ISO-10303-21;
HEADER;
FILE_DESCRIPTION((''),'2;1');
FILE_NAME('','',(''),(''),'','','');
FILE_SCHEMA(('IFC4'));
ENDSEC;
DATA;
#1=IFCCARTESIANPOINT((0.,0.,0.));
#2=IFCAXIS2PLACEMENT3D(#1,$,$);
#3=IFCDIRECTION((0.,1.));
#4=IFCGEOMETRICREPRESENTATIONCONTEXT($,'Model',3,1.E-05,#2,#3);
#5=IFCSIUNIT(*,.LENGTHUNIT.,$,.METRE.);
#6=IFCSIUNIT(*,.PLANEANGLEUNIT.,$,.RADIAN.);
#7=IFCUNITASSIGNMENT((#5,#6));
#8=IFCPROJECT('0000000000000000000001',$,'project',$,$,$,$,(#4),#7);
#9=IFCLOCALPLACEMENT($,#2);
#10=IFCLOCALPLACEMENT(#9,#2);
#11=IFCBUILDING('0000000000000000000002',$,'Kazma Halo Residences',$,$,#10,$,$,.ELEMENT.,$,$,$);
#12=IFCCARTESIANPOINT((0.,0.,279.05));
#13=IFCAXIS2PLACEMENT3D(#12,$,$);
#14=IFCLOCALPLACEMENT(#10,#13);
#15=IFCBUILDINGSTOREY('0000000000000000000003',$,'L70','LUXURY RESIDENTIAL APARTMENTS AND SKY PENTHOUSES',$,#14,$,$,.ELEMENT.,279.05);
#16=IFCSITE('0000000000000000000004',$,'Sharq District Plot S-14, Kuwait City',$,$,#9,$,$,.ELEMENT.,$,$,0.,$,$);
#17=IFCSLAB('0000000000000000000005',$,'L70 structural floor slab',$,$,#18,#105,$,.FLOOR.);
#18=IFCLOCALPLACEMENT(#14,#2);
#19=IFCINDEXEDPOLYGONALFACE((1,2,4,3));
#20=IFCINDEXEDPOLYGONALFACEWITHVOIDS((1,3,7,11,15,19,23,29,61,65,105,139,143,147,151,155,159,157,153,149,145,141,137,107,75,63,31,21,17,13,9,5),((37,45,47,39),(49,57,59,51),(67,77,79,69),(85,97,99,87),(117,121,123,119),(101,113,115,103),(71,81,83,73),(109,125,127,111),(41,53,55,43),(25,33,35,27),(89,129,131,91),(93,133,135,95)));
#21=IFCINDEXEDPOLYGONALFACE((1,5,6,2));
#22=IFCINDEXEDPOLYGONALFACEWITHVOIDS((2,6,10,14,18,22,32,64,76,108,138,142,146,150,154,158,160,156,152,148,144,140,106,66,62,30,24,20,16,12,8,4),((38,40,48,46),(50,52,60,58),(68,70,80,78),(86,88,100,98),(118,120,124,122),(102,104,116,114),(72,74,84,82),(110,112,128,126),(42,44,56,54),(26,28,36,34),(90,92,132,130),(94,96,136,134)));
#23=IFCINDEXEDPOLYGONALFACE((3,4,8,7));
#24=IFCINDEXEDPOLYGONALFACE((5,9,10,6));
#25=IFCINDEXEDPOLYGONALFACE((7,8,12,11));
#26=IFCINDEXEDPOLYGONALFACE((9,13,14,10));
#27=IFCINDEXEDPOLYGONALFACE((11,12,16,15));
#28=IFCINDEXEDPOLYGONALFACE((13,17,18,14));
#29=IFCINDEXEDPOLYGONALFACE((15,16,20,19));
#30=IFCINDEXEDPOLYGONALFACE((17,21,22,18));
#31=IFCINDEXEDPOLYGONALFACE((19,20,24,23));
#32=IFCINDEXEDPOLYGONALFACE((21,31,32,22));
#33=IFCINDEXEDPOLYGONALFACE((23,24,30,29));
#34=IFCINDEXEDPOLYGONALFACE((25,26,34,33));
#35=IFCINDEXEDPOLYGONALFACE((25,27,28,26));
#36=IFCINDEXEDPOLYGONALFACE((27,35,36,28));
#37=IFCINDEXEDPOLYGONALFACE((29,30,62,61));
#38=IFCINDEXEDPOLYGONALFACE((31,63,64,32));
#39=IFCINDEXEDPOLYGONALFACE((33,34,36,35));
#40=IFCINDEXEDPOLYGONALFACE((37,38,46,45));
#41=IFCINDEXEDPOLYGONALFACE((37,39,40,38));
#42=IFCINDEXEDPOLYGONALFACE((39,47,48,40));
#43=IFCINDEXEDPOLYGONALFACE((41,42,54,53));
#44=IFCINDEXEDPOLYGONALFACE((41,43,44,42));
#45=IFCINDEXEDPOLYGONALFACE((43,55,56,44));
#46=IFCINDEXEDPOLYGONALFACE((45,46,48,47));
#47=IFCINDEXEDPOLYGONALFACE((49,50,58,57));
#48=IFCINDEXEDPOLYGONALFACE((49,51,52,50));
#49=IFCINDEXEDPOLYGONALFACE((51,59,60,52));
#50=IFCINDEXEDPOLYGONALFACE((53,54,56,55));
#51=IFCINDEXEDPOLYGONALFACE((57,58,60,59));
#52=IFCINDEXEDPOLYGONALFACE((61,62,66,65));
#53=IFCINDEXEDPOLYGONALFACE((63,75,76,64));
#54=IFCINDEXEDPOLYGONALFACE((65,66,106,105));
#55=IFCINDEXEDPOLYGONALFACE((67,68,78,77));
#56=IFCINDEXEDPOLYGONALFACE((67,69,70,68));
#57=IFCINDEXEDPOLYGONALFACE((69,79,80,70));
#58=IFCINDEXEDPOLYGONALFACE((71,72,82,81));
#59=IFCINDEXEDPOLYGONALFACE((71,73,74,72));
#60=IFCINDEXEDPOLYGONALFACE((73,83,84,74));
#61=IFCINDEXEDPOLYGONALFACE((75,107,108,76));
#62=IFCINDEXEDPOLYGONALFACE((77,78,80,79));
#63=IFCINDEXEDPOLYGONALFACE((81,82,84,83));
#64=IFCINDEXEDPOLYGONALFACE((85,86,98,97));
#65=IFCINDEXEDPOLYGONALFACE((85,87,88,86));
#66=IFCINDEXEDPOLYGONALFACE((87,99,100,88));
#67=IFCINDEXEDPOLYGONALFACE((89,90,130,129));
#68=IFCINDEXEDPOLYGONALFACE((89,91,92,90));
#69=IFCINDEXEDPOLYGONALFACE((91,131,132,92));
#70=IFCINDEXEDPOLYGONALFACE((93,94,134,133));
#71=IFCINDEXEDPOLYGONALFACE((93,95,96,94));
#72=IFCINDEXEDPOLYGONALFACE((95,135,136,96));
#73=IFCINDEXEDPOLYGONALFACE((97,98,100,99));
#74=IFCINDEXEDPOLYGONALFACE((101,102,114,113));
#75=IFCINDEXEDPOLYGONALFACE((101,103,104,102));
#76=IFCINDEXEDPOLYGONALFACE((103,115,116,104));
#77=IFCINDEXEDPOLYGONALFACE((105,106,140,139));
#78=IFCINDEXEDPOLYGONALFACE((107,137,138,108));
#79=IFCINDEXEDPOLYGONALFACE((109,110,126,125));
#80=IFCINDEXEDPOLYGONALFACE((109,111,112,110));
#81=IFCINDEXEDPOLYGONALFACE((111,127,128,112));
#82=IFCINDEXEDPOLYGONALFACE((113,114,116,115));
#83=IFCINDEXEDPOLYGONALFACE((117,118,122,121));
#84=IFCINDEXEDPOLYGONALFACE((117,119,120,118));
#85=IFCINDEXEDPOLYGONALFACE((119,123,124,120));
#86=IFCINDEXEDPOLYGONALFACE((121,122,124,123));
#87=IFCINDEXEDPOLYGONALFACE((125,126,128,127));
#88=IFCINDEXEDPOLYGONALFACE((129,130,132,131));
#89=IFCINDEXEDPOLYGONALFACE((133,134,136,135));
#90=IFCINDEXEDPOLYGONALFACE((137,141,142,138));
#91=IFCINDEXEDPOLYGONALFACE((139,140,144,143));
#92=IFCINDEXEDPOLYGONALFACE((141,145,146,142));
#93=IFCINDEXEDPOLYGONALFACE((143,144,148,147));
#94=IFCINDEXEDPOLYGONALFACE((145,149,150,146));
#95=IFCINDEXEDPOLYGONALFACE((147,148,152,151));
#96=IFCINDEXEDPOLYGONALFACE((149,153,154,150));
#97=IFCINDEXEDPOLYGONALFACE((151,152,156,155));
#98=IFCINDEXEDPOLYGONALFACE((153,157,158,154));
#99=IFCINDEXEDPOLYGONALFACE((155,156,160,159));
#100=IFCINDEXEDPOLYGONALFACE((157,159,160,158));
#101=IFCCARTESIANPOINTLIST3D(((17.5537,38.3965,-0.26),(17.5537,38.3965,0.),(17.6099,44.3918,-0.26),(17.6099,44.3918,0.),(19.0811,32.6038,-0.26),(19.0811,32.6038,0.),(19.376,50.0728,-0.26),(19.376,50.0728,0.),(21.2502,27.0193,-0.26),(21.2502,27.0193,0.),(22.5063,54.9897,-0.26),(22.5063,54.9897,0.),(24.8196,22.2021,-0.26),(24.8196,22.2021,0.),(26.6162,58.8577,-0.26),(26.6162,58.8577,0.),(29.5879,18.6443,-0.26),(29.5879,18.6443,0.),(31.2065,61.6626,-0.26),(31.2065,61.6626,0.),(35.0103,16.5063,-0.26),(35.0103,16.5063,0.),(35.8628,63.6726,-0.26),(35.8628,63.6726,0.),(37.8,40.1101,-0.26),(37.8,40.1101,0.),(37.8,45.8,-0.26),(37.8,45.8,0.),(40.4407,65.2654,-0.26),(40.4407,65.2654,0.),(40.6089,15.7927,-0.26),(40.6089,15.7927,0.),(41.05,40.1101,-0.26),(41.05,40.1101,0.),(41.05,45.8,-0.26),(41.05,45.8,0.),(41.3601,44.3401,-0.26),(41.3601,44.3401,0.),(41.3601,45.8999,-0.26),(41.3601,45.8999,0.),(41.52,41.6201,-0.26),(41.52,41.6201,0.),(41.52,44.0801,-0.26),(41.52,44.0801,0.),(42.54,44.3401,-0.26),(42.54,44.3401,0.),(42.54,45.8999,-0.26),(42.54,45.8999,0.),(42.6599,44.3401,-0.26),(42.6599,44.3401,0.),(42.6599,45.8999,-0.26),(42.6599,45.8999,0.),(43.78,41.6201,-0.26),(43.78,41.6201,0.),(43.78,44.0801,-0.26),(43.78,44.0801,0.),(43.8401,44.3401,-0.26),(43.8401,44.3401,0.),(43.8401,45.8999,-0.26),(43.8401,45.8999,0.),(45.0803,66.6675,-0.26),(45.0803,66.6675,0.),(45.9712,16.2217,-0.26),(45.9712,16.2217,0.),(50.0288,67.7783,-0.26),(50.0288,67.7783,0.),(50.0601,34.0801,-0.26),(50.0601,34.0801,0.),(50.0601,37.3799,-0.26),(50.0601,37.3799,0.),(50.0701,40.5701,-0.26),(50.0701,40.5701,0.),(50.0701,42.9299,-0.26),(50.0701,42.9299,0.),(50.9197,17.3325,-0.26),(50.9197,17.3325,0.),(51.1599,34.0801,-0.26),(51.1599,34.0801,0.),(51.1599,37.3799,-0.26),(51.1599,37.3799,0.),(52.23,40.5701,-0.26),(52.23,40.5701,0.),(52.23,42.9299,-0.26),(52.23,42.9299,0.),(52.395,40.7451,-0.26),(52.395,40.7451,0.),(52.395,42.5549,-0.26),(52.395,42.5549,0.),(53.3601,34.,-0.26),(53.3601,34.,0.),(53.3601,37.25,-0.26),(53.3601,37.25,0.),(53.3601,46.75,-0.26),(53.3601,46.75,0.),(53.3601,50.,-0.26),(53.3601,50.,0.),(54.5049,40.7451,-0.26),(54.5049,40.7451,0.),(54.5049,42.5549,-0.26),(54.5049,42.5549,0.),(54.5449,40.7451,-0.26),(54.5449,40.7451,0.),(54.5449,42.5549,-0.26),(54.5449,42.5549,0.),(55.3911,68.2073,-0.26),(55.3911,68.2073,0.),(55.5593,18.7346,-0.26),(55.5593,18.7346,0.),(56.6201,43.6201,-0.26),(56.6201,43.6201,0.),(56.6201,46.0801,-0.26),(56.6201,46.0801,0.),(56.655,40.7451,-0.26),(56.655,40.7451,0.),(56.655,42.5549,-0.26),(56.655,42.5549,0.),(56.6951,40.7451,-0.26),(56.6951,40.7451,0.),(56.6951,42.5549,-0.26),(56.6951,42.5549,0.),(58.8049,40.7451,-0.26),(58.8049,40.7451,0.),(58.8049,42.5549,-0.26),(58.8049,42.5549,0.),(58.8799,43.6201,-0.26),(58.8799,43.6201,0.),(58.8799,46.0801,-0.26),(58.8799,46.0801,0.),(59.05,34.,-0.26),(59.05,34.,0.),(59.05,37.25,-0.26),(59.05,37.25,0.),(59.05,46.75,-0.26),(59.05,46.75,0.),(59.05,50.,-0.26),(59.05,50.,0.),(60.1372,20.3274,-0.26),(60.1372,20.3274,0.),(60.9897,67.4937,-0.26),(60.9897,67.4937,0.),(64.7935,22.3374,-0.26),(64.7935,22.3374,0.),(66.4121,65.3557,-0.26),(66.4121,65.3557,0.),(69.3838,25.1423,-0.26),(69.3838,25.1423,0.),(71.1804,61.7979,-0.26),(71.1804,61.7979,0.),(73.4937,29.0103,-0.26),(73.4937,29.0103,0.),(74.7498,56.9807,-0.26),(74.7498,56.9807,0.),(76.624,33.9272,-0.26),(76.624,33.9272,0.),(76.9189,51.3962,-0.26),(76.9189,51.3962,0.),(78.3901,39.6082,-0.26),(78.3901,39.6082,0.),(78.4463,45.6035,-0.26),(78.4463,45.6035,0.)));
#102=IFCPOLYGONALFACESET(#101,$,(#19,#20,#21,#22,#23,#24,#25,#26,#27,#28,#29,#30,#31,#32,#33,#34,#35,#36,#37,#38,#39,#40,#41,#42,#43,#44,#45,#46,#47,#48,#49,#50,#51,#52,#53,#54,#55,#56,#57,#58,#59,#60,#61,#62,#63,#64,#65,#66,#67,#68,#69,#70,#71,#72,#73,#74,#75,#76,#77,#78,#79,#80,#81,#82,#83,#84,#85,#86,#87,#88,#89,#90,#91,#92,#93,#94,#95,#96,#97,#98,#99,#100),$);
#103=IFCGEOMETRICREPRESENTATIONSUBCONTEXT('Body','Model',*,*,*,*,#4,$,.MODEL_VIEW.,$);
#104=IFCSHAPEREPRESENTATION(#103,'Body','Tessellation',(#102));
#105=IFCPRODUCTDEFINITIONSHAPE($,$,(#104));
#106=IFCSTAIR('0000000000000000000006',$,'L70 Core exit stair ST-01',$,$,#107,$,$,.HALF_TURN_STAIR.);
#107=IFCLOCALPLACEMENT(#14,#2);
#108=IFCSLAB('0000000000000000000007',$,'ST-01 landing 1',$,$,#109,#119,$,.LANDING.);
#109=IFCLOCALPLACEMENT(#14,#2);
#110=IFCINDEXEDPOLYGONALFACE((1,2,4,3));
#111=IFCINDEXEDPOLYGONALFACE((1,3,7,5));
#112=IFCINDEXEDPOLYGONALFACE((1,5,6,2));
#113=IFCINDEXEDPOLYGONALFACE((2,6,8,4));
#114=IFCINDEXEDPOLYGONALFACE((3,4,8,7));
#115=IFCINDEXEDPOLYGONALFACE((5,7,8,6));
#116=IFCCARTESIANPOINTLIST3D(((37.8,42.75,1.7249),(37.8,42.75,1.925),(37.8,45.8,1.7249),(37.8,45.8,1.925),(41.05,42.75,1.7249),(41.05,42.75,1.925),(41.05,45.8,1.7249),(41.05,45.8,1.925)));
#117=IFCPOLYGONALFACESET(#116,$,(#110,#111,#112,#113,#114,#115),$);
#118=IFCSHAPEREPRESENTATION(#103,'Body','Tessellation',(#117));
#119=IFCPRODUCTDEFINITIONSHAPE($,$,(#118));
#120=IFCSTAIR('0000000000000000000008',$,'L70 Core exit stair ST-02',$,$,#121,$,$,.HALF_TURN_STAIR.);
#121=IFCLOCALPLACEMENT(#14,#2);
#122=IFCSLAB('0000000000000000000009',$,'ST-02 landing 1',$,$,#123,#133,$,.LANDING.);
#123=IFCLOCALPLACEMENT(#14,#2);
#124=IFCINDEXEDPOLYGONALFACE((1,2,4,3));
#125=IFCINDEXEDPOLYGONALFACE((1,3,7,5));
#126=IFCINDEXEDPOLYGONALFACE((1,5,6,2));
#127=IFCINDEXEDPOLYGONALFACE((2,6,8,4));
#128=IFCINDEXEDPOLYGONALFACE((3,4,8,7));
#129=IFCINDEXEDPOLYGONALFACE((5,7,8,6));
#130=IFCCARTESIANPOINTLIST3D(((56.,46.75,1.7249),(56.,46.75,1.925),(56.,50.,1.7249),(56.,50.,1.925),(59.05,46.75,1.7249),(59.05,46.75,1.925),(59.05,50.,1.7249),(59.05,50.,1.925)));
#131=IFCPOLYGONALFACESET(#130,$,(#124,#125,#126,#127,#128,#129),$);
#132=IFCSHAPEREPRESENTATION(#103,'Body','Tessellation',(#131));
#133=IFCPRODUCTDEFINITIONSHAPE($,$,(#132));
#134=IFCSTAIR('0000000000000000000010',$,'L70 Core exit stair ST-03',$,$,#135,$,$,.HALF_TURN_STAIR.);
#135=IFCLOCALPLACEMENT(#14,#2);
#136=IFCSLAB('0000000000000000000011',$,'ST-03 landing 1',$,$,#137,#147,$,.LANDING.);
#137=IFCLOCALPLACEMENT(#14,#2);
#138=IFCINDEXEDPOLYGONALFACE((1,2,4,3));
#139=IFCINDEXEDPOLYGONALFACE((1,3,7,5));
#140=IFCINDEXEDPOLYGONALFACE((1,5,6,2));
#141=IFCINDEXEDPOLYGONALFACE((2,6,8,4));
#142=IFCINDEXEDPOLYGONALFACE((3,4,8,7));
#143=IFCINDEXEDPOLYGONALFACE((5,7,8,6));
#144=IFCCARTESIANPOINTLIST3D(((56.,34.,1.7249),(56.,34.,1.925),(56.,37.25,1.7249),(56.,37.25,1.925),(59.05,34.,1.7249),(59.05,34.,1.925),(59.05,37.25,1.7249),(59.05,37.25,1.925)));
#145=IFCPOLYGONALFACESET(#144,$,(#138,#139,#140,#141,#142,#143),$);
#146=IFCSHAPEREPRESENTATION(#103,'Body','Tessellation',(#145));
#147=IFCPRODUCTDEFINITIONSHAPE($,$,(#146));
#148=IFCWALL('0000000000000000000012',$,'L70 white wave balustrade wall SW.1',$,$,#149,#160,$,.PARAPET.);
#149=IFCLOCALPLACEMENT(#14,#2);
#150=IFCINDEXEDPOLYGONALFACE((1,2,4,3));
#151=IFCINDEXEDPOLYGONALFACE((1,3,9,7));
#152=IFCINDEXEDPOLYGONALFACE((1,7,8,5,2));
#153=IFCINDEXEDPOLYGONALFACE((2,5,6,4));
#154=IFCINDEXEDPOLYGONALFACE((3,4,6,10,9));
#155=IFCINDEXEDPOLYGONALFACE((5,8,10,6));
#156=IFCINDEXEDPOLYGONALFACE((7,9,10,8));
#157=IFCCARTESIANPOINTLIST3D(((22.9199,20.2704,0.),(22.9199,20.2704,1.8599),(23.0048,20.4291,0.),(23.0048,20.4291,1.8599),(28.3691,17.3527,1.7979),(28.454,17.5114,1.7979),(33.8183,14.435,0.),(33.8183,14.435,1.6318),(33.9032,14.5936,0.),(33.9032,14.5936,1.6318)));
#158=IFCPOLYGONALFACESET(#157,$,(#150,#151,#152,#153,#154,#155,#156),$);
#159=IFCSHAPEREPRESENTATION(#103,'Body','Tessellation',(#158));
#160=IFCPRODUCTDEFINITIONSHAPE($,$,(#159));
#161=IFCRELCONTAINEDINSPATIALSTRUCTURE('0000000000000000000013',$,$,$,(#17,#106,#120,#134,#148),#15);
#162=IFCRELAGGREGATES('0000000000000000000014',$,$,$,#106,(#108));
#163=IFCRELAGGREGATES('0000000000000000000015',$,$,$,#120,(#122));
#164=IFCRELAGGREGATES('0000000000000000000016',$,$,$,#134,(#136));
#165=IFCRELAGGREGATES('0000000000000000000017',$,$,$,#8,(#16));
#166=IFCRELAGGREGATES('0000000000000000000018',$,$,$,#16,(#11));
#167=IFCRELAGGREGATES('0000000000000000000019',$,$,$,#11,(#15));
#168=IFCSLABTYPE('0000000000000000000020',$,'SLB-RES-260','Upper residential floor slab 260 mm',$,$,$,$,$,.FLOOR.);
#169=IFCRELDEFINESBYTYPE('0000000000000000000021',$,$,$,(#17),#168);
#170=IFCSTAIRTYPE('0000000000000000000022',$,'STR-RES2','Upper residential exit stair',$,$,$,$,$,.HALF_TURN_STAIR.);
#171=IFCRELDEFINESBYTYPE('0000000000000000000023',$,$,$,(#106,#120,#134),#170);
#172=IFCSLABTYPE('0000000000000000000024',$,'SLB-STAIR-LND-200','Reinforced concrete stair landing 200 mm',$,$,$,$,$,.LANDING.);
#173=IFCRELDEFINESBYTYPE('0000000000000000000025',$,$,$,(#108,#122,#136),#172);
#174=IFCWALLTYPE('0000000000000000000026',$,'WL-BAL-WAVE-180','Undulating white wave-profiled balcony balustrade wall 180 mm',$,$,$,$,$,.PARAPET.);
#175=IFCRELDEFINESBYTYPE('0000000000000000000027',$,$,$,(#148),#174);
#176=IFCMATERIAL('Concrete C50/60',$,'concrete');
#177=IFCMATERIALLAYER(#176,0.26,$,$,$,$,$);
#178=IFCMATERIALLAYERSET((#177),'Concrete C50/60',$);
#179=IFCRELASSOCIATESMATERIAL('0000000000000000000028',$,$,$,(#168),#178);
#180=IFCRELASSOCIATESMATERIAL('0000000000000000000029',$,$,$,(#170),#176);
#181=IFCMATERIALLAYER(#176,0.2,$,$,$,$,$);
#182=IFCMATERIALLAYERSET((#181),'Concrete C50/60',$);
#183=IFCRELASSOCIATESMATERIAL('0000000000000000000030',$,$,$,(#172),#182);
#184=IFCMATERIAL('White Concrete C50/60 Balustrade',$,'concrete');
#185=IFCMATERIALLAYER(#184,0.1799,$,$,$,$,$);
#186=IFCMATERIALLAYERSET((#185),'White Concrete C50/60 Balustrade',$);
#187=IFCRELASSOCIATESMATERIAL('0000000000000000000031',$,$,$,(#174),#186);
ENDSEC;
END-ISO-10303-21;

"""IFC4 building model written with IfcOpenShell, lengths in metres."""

from ifc_helpers import new_model, si_unit, direction, frame, origin, place, context, subcontext, project, spatial, polyline, outline, extrude, material, layer, layer_set, type_object, element, aggregate, save


model = new_model("IFC4")

# Units and contexts
model_context = context("Model", 3, precision=1e-05, world=origin(), true_north=direction((0.0, 1.0)))
body_context = subcontext(model_context, "Body", "Model", "MODEL_VIEW")
ifc_project = project(units=[si_unit("LENGTHUNIT", "METRE"), si_unit("PLANEANGLEUNIT", "RADIAN")], contexts=[model_context])

# Site, building, storey
site_placement = place(None, origin())
site = spatial("IfcSite", under=ifc_project, at=site_placement, Name="Sharq District Plot S-14, Kuwait City", CompositionType="ELEMENT", RefElevation=0.0)
building_placement = place(site_placement, origin())
building = spatial("IfcBuilding", under=site, at=building_placement, Name="Kazma Halo Residences", CompositionType="ELEMENT")
storey_placement = place(building_placement, frame((0.0, 0.0, 279.05)))
storey = spatial("IfcBuildingStorey", under=building, at=storey_placement, Name="L70", Description="LUXURY RESIDENTIAL APARTMENTS AND SKY PENTHOUSES", CompositionType="ELEMENT", Elevation=279.05)

# Slab
ifc_material_1 = material(Name="Concrete C50/60", Category="concrete")
ifc_layer_1 = layer(ifc_material_1, 0.26)
ifc_layer_set_1 = layer_set([ifc_layer_1], Name="Concrete C50/60")
slab_type_1 = type_object("IfcSlabType", Name="SLB-RES-260", Description="Upper residential floor slab 260 mm", PredefinedType="FLOOR", material=ifc_layer_set_1)
slab_1_placement = place(storey_placement, frame((0.0, 0.0, -0.26)))
element("IfcSlab", 1, at=slab_1_placement, inside=storey, type_object=slab_type_1, Name="L70 structural floor slab", PredefinedType="FLOOR", context=body_context, shape_type="SweptSolid", body=[
    extrude(outline(polyline([(76.9189, 51.3962), (74.7498, 56.9807), (71.1804, 61.7979), (66.4121, 65.3557), (60.9897, 67.4937), (55.3911, 68.2073), (50.0288, 67.7783), (45.0803, 66.6675), (40.4407, 65.2654), (35.8628, 63.6726), (31.2065, 61.6626), (26.6162, 58.8577), (22.5063, 54.9897), (19.376, 50.0728), (17.6099, 44.3918), (17.5537, 38.3965), (19.0811, 32.6038), (21.2502, 27.0193), (24.8196, 22.2021), (29.5879, 18.6443), (35.0103, 16.5063), (40.6089, 15.7927), (45.9712, 16.2217), (50.9197, 17.3325), (55.5593, 18.7346), (60.1372, 20.3274), (64.7935, 22.3374), (69.3838, 25.1423), (73.4937, 29.0103), (76.624, 33.9272), (78.3901, 39.6082), (78.4463, 45.6035), (76.9189, 51.3962)]), holes=[polyline([(37.8, 40.1101), (41.05, 40.1101), (41.05, 45.8), (37.8, 45.8), (37.8, 40.1101)]), polyline([(53.3601, 46.75), (59.05, 46.75), (59.05, 50.0), (53.3601, 50.0), (53.3601, 46.75)]), polyline([(53.3601, 34.0), (59.05, 34.0), (59.05, 37.25), (53.3601, 37.25), (53.3601, 34.0)]), polyline([(41.52, 41.6201), (43.78, 41.6201), (43.78, 44.0801), (41.52, 44.0801), (41.52, 41.6201)]), polyline([(56.6201, 43.6201), (58.8799, 43.6201), (58.8799, 46.0801), (56.6201, 46.0801), (56.6201, 43.6201)]), polyline([(52.395, 40.7451), (54.5049, 40.7451), (54.5049, 42.5549), (52.395, 42.5549), (52.395, 40.7451)]), polyline([(54.5449, 40.7451), (56.655, 40.7451), (56.655, 42.5549), (54.5449, 42.5549), (54.5449, 40.7451)]), polyline([(56.6951, 40.7451), (58.8049, 40.7451), (58.8049, 42.5549), (56.6951, 42.5549), (56.6951, 40.7451)]), polyline([(50.0701, 40.5701), (52.23, 40.5701), (52.23, 42.9299), (50.0701, 42.9299), (50.0701, 40.5701)]), polyline([(41.3601, 44.3401), (42.54, 44.3401), (42.54, 45.8999), (41.3601, 45.8999), (41.3601, 44.3401)]), polyline([(42.6599, 44.3401), (43.8401, 44.3401), (43.8401, 45.8999), (42.6599, 45.8999), (42.6599, 44.3401)]), polyline([(50.0601, 34.0801), (51.1599, 34.0801), (51.1599, 37.3799), (50.0601, 37.3799), (50.0601, 34.0801)])]), origin(), (0.0, 0.0, 1.0), 0.26),
])

# Stairs, slabs
stair_type = type_object("IfcStairType", Name="STR-RES2", Description="Upper residential exit stair", PredefinedType="HALF_TURN_STAIR", material=ifc_material_1)
stair_1_placement = place(storey_placement, origin())
stair_1 = element("IfcStair", 2, at=stair_1_placement, inside=storey, type_object=stair_type, Name="L70 Core exit stair ST-01", PredefinedType="HALF_TURN_STAIR")
ifc_layer_2 = layer(ifc_material_1, 0.2)
ifc_layer_set_2 = layer_set([ifc_layer_2], Name="Concrete C50/60")
slab_type_2 = type_object("IfcSlabType", Name="SLB-STAIR-LND-200", Description="Reinforced concrete stair landing 200 mm", PredefinedType="LANDING", material=ifc_layer_set_2)
slab_2_placement = place(storey_placement, frame((0.0, 0.0, 1.7249)))
slab_2 = element("IfcSlab", 3, at=slab_2_placement, type_object=slab_type_2, Name="ST-01 landing 1", PredefinedType="LANDING", context=body_context, shape_type="SweptSolid", body=[
    extrude(outline(polyline([(41.05, 42.75), (41.05, 45.8), (37.8, 45.8), (37.8, 42.75), (41.05, 42.75)])), origin(), (0.0, 0.0, 1.0), 0.2002),
])
aggregate(stair_1, [slab_2])
stair_2_placement = place(storey_placement, origin())
stair_2 = element("IfcStair", 4, at=stair_2_placement, inside=storey, type_object=stair_type, Name="L70 Core exit stair ST-02", PredefinedType="HALF_TURN_STAIR")
slab_3_placement = place(storey_placement, frame((0.0, 0.0, 1.7249)))
slab_3 = element("IfcSlab", 5, at=slab_3_placement, type_object=slab_type_2, Name="ST-02 landing 1", PredefinedType="LANDING", context=body_context, shape_type="SweptSolid", body=[
    extrude(outline(polyline([(56.0, 46.75), (59.05, 46.75), (59.05, 50.0), (56.0, 50.0), (56.0, 46.75)])), origin(), (0.0, 0.0, 1.0), 0.2002),
])
aggregate(stair_2, [slab_3])
stair_3_placement = place(storey_placement, origin())
stair_3 = element("IfcStair", 6, at=stair_3_placement, inside=storey, type_object=stair_type, Name="L70 Core exit stair ST-03", PredefinedType="HALF_TURN_STAIR")
slab_4_placement = place(storey_placement, frame((0.0, 0.0, 1.7249)))
slab_4 = element("IfcSlab", 7, at=slab_4_placement, type_object=slab_type_2, Name="ST-03 landing 1", PredefinedType="LANDING", context=body_context, shape_type="SweptSolid", body=[
    extrude(outline(polyline([(56.0, 34.0), (59.05, 34.0), (59.05, 37.25), (56.0, 37.25), (56.0, 34.0)])), origin(), (0.0, 0.0, 1.0), 0.2002),
])
aggregate(stair_3, [slab_4])

# Wall
ifc_material_2 = material(Name="White Concrete C50/60 Balustrade", Category="concrete")
ifc_layer_3 = layer(ifc_material_2, 0.1799)
ifc_layer_set_3 = layer_set([ifc_layer_3], Name="White Concrete C50/60 Balustrade")
wall_type_1 = type_object("IfcWallType", Name="WL-BAL-WAVE-180", Description="Undulating white wave-profiled balcony balustrade wall 180 mm", PredefinedType="PARAPET", material=ifc_layer_set_3)
wall_1_placement = place(storey_placement, frame((22.9624, 20.3499, 0.0), z_axis=(0.0, 0.0, 1.0), x_axis=(0.881581, -0.472033, 0.0)))
element("IfcWall", 8, at=wall_1_placement, inside=storey, type_object=wall_type_1, Name="L70 white wave balustrade wall SW.1", PredefinedType="PARAPET", context=body_context, shape_type="SweptSolid", body=[
    extrude(outline(polyline([(0.0, 0.0), (12.3623, 0.0), (12.3623, 1.6318), (6.1812, 1.7979), (0.0, 1.8599), (0.0, 0.0)])), frame((0.0, 0.0898, 0.0), z_axis=(0.0, -1.0, 0.0), x_axis=(1.0, 0.0, 0.0)), (0.0, 0.0, 1.0), 0.1799),
])

save(model, "model.ifc")
